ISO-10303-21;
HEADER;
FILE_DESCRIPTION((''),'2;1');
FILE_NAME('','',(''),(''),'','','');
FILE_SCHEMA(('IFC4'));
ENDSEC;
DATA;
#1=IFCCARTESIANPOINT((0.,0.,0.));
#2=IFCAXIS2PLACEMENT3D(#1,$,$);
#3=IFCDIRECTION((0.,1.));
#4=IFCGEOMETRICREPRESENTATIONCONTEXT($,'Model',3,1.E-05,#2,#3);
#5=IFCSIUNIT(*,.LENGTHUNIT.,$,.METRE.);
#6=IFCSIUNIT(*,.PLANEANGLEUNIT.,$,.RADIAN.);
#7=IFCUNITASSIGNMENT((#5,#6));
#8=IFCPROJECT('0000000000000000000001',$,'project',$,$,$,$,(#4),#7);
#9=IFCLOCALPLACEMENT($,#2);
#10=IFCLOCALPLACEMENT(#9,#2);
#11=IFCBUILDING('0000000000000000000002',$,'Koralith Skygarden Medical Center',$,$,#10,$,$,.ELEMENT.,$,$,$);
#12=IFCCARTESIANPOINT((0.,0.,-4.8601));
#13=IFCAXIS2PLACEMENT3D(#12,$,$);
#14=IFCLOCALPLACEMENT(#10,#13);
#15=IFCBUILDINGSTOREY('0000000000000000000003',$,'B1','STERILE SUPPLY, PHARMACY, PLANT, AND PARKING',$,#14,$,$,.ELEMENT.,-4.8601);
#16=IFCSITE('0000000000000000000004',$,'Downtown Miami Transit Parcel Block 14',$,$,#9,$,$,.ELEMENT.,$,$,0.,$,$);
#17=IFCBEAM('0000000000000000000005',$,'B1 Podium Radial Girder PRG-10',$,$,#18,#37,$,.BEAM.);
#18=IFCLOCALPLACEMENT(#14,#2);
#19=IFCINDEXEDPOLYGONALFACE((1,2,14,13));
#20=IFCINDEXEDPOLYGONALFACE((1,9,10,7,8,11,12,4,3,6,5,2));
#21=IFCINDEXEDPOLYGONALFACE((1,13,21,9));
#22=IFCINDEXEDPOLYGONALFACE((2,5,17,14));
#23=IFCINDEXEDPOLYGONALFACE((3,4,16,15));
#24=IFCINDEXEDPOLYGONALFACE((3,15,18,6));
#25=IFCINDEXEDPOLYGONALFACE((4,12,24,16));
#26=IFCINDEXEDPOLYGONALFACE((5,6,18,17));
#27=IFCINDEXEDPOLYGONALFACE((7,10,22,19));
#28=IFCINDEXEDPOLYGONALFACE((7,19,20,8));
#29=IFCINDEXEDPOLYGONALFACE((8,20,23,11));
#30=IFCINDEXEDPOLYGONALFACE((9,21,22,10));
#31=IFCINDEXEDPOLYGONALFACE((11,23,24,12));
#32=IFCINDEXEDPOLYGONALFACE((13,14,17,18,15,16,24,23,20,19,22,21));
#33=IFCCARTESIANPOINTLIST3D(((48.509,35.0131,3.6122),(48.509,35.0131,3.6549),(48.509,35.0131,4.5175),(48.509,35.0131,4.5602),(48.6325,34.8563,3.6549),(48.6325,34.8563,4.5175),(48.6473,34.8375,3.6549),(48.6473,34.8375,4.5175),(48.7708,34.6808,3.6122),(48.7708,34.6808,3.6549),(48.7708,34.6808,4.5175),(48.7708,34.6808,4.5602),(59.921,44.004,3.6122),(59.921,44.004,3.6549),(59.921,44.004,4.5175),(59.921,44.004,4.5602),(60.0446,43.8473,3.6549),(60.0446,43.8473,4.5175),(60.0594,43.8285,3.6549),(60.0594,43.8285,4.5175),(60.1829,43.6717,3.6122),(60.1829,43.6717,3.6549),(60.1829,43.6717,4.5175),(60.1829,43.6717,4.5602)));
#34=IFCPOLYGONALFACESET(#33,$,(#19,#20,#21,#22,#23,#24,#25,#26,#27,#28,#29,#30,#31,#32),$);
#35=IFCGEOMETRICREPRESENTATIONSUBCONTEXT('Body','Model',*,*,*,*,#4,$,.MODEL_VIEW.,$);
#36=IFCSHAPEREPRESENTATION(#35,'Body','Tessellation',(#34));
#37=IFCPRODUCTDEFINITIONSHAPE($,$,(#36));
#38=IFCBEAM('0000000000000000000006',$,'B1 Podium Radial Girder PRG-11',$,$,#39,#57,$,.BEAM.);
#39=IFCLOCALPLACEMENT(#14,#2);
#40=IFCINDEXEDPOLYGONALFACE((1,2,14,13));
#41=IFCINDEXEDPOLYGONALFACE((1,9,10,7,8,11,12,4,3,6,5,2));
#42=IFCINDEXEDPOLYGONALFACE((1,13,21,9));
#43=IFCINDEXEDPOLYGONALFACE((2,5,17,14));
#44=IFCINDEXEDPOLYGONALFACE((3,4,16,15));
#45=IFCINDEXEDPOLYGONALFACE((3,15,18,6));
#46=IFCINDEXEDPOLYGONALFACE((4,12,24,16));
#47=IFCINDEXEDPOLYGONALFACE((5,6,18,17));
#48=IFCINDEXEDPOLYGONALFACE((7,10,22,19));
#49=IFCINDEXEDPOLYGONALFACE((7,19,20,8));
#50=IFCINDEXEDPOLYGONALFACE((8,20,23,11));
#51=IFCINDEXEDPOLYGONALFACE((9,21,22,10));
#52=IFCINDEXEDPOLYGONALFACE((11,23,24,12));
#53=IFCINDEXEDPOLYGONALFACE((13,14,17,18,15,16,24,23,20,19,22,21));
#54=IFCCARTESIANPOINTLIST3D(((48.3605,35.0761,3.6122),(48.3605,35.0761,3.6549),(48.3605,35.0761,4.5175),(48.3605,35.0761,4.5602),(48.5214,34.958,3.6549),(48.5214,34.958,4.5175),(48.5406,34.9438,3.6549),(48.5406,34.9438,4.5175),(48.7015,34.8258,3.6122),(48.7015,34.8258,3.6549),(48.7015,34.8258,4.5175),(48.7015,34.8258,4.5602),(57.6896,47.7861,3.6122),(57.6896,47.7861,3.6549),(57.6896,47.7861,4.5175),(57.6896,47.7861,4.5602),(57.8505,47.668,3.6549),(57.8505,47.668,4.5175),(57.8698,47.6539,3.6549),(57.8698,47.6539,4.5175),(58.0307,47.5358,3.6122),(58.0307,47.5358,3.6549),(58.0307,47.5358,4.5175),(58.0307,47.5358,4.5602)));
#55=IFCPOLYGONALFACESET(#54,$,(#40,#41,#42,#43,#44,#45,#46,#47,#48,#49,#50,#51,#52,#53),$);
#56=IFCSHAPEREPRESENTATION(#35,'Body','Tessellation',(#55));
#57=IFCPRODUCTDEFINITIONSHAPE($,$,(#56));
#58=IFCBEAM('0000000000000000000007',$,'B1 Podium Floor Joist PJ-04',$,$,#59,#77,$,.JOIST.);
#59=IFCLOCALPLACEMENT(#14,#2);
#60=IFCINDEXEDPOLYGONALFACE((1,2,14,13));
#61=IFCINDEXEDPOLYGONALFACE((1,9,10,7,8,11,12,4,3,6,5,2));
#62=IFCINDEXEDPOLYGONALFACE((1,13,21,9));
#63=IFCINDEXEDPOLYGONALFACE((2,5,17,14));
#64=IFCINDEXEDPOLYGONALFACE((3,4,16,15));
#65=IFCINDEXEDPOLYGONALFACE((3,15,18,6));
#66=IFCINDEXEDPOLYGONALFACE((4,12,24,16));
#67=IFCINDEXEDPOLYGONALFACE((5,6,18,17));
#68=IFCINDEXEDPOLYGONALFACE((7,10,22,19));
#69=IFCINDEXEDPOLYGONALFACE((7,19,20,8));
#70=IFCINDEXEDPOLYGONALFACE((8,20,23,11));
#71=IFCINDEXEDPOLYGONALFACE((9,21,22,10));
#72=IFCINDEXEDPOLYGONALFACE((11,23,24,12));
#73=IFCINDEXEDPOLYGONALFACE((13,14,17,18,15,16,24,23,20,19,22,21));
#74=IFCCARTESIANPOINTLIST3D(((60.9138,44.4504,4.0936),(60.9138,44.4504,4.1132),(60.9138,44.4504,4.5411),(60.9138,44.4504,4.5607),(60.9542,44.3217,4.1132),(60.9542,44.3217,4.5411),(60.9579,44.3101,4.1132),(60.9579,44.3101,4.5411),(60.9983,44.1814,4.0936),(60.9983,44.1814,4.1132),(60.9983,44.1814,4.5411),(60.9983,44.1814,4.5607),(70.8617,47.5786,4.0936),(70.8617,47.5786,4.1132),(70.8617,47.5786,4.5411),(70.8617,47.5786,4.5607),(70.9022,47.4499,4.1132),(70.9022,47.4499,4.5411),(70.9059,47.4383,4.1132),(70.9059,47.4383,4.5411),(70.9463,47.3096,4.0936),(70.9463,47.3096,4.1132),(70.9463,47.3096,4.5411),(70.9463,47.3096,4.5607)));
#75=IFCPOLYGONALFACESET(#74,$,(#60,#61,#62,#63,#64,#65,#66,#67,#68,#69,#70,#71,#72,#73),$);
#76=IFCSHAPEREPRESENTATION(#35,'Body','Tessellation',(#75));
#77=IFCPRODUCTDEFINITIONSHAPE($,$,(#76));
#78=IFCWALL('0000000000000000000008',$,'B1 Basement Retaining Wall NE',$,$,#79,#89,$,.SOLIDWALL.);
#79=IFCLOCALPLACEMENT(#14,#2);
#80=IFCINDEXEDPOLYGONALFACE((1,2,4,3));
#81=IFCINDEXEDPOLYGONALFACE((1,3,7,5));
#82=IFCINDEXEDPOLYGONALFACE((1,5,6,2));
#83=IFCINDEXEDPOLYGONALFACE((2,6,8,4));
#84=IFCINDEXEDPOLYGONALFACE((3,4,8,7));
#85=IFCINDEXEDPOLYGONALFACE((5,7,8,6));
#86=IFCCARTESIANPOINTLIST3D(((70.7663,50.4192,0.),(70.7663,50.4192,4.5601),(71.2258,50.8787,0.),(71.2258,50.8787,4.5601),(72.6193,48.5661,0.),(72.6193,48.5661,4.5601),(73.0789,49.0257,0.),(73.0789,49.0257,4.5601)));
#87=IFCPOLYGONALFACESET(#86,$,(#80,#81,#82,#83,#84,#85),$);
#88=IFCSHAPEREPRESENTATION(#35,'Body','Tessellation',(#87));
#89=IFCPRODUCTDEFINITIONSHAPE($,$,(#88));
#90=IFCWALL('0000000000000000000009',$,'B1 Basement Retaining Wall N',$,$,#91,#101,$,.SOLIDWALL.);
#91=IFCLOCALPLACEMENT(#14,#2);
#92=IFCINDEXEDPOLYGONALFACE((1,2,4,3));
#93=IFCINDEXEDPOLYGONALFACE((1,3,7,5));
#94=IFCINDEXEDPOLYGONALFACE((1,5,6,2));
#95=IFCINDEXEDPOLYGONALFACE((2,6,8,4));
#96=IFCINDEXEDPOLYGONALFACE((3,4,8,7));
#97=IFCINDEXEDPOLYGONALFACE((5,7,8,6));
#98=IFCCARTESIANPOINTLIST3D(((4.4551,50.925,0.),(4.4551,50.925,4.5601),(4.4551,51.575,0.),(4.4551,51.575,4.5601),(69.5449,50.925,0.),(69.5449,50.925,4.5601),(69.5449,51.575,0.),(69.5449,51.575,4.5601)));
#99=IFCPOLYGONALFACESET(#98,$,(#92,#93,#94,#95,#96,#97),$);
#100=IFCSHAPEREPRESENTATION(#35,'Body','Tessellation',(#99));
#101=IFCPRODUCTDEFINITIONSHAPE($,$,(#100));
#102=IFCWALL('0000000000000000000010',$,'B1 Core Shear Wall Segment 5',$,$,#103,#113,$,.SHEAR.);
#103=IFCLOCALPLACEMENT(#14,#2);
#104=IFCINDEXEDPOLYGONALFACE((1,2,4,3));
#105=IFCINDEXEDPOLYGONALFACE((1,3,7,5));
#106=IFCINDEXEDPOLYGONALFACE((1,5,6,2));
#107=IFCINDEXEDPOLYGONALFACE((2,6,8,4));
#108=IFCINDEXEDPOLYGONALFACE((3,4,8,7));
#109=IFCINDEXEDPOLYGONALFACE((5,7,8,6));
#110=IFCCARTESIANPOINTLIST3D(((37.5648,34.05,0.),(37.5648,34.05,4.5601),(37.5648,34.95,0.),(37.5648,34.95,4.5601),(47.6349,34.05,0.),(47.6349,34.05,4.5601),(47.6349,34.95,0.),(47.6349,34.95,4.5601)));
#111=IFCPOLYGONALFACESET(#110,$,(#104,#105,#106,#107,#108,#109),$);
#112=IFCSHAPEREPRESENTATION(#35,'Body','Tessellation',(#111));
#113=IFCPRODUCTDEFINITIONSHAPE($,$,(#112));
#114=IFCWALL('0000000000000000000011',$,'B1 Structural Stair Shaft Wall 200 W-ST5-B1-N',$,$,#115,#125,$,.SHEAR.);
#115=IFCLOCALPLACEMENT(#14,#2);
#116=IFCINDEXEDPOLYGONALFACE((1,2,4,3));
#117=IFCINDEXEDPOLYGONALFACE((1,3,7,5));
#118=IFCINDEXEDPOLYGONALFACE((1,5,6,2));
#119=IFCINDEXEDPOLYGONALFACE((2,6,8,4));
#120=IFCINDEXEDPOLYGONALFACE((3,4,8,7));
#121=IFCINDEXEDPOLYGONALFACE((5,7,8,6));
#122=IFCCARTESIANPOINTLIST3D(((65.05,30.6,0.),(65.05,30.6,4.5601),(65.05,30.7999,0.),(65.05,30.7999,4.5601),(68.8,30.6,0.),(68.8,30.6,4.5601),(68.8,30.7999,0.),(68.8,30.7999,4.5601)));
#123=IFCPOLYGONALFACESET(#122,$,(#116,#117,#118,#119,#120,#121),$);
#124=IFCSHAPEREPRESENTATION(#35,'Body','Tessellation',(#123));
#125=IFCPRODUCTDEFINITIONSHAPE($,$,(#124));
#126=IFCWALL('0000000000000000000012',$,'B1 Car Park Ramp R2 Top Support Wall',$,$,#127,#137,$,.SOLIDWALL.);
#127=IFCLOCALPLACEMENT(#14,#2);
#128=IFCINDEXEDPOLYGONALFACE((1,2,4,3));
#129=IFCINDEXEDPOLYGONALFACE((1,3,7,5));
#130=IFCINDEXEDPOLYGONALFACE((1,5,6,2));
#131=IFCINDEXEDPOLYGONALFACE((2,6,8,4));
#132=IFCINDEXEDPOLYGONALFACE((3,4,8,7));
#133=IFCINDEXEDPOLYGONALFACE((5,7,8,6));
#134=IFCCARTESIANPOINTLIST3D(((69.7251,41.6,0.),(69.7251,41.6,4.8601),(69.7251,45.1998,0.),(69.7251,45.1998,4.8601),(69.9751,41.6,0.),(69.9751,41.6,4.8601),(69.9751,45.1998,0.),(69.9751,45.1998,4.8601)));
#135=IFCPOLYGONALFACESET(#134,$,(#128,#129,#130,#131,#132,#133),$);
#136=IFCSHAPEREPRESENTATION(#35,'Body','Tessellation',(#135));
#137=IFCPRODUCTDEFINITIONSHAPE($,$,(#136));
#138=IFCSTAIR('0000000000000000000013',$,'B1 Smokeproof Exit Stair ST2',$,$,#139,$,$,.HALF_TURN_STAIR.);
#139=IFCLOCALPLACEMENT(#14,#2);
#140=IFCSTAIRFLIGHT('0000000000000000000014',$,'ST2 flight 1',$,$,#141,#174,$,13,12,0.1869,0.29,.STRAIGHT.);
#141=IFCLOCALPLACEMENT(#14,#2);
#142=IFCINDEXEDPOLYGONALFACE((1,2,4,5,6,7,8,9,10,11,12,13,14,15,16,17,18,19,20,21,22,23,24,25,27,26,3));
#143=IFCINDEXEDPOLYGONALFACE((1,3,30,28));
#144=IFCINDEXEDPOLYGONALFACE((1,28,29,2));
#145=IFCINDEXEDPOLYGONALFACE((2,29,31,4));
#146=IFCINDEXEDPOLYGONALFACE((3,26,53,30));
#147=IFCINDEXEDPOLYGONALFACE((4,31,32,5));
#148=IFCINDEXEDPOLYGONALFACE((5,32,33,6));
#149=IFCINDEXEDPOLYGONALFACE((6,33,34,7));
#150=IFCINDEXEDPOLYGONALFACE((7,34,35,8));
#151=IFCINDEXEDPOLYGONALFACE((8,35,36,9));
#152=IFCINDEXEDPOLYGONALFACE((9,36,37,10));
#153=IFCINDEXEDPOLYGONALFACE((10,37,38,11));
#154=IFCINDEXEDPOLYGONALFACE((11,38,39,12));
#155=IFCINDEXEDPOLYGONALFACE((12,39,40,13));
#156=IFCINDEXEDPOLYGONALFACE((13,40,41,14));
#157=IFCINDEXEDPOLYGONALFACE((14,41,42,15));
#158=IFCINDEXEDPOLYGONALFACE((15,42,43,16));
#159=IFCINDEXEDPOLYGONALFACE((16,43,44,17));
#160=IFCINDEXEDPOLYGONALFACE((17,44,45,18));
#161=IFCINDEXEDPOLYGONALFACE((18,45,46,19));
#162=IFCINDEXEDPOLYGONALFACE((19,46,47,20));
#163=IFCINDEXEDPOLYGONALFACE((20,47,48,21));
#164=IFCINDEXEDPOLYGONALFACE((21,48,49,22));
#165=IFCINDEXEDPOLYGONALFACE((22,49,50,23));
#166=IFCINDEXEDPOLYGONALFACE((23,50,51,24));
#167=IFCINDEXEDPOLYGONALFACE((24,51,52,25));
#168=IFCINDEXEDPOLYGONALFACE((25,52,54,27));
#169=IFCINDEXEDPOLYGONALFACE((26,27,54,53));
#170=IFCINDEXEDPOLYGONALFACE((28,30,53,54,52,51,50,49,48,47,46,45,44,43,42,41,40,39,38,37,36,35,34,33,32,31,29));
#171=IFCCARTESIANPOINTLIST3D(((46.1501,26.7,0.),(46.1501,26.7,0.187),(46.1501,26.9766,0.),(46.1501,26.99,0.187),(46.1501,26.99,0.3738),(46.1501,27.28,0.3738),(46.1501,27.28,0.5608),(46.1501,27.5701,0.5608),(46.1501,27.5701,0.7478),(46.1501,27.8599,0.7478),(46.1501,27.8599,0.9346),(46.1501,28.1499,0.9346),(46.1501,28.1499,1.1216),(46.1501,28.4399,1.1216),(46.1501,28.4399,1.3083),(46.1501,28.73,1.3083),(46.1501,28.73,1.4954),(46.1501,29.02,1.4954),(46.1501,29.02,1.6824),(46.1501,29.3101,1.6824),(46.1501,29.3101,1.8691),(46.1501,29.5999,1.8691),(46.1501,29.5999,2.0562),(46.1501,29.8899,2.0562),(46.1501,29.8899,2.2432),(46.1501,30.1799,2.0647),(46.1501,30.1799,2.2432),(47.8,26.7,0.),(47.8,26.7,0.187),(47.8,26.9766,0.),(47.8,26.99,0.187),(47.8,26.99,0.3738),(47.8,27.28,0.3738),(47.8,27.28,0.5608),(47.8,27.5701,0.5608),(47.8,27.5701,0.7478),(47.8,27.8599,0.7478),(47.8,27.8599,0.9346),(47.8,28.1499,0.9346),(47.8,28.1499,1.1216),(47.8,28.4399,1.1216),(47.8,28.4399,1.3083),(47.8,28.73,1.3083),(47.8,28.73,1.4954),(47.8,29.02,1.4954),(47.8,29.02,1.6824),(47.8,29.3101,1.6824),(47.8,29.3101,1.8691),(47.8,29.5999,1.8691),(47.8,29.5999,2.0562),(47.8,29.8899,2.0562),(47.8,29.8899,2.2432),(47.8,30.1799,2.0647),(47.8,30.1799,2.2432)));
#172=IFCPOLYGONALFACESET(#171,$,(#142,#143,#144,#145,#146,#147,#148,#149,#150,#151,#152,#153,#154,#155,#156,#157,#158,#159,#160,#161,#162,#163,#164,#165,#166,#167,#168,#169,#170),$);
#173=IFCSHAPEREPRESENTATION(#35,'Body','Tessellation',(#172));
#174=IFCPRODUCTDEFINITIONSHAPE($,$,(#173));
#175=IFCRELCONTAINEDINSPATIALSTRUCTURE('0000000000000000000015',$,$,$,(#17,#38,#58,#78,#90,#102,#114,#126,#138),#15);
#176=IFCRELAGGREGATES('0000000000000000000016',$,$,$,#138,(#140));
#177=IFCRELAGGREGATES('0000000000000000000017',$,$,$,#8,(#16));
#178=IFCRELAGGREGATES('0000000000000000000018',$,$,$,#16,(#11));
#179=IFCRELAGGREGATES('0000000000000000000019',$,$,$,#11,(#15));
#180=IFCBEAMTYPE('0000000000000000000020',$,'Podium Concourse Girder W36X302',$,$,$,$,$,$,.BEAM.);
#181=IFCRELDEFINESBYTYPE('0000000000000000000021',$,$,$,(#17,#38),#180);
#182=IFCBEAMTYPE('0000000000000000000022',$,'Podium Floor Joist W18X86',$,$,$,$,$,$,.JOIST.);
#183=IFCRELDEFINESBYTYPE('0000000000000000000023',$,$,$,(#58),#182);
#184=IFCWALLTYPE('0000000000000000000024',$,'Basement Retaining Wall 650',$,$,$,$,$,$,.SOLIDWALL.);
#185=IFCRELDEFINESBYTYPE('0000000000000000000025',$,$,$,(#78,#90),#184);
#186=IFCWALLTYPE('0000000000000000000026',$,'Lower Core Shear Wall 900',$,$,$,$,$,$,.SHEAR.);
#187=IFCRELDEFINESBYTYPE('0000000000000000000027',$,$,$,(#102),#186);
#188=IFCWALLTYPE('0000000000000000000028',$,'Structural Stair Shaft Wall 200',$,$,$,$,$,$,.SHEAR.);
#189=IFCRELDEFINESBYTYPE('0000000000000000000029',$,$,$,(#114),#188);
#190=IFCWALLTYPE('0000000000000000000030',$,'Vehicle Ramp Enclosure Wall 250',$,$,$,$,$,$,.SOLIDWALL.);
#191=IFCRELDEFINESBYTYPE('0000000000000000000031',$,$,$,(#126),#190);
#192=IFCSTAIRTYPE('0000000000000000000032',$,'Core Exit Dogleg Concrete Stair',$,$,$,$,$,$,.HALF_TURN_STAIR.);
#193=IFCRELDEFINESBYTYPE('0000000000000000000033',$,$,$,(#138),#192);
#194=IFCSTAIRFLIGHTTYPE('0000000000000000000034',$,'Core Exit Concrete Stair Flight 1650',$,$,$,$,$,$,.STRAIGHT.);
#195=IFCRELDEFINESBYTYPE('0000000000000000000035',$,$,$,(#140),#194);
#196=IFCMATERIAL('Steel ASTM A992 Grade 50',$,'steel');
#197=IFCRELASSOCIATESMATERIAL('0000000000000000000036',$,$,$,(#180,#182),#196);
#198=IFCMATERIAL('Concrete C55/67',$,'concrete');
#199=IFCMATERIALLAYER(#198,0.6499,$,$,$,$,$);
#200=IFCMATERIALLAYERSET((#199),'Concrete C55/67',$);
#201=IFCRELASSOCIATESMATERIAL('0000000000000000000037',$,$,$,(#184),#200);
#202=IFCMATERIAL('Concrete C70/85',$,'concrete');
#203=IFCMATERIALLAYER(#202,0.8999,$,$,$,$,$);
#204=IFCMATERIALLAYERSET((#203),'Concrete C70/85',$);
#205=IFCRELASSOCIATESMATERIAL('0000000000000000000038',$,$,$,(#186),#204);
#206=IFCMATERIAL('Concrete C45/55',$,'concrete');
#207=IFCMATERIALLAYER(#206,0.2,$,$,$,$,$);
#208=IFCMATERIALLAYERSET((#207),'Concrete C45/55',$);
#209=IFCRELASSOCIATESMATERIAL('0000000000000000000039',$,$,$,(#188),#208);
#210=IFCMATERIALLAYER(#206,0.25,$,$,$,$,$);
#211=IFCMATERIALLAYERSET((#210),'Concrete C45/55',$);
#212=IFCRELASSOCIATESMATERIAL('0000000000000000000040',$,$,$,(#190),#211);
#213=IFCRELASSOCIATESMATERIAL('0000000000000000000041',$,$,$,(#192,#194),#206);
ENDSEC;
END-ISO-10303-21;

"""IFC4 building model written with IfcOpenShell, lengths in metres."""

from ifc_helpers import new_model, si_unit, direction, frame, frame_2d, origin, origin_2d, place, context, subcontext, project, spatial, polyline, rectangle, i_section, outline, extrude, material, layer, layer_set, material_profile, profile_set, type_object, element, aggregate, save


model = new_model("IFC4")

# Units and contexts
model_context = context("Model", 3, precision=1e-05, world=origin(), true_north=direction((0.0, 1.0)))
body_context = subcontext(model_context, "Body", "Model", "MODEL_VIEW")
ifc_project = project(units=[si_unit("LENGTHUNIT", "METRE"), si_unit("PLANEANGLEUNIT", "RADIAN")], contexts=[model_context])

# Site, building, storey
site_placement = place(None, origin())
site = spatial("IfcSite", under=ifc_project, at=site_placement, Name="Downtown Miami Transit Parcel Block 14", CompositionType="ELEMENT", RefElevation=0.0)
building_placement = place(site_placement, origin())
building = spatial("IfcBuilding", under=site, at=building_placement, Name="Koralith Skygarden Medical Center", CompositionType="ELEMENT")
storey_placement = place(building_placement, frame((0.0, 0.0, -4.8601)))
storey = spatial("IfcBuildingStorey", under=building, at=storey_placement, Name="B1", Description="STERILE SUPPLY, PHARMACY, PLANT, AND PARKING", CompositionType="ELEMENT", Elevation=-4.8601)

# Shared definitions
ifc_material_1 = material(Name="Concrete C55/67", Category="concrete")
ifc_material_2 = material(Name="Concrete C70/85", Category="concrete")

# Beams
ifc_material_3 = material(Name="Steel ASTM A992 Grade 50", Category="steel")
ifc_material_profile_1 = material_profile(ifc_material_3, i_section(OverallWidth=0.4231, OverallDepth=0.948, WebThickness=0.0239, FlangeThickness=0.0427, at=origin_2d()), Name="W36X302")
ifc_profile_set_1 = profile_set([ifc_material_profile_1], Name="Steel ASTM A992 Grade 50")
beam_type_1 = type_object("IfcBeamType", Name="Podium Concourse Girder W36X302", PredefinedType="BEAM", material=ifc_profile_set_1)
beam_1_placement = place(storey_placement, frame((48.6399, 34.8469, 4.0862), z_axis=(0.785505, 0.618856, 0.0), x_axis=(-0.618856, 0.785505, 0.0)))
element("IfcBeam", 1, at=beam_1_placement, inside=storey, type_object=beam_type_1, Name="B1 Podium Radial Girder PRG-10", PredefinedType="BEAM", context=body_context, shape_type="SweptSolid", body=[
    extrude(i_section(OverallWidth=0.4231, OverallDepth=0.948, WebThickness=0.0239, FlangeThickness=0.0427, at=origin_2d()), origin(), (0.0, 0.0, 1.0), 14.5283),
])
beam_2_placement = place(storey_placement, frame((48.531, 34.9509, 4.0862), z_axis=(0.591713, 0.806149, 0.0), x_axis=(-0.806149, 0.591713, 0.0)))
element("IfcBeam", 2, at=beam_2_placement, inside=storey, type_object=beam_type_1, Name="B1 Podium Radial Girder PRG-11", PredefinedType="BEAM", context=body_context, shape_type="SweptSolid", body=[
    extrude(i_section(OverallWidth=0.4231, OverallDepth=0.948, WebThickness=0.0239, FlangeThickness=0.0427, at=origin_2d()), origin(), (0.0, 0.0, 1.0), 15.7664),
])
ifc_material_profile_2 = material_profile(ifc_material_3, i_section(OverallWidth=0.282, OverallDepth=0.467, WebThickness=0.0122, FlangeThickness=0.0195, at=origin_2d()), Name="W18X86")
ifc_profile_set_2 = profile_set([ifc_material_profile_2], Name="Steel ASTM A992 Grade 50")
beam_type_2 = type_object("IfcBeamType", Name="Podium Floor Joist W18X86", PredefinedType="JOIST", material=ifc_profile_set_2)
beam_3_placement = place(storey_placement, frame((60.9561, 44.3159, 4.3271), z_axis=(0.953948, 0.299971, 0.0), x_axis=(-0.299971, 0.953948, 0.0)))
element("IfcBeam", 3, at=beam_3_placement, inside=storey, type_object=beam_type_2, Name="B1 Podium Floor Joist PJ-04", PredefinedType="JOIST", context=body_context, shape_type="SweptSolid", body=[
    extrude(i_section(OverallWidth=0.282, OverallDepth=0.467, WebThickness=0.0122, FlangeThickness=0.0195, at=origin_2d()), origin(), (0.0, 0.0, 1.0), 10.4282),
])

# Walls
ifc_layer_1 = layer(ifc_material_1, 0.6499)
ifc_layer_set_1 = layer_set([ifc_layer_1], Name="Concrete C55/67")
wall_type_1 = type_object("IfcWallType", Name="Basement Retaining Wall 650", PredefinedType="SOLIDWALL", material=ifc_layer_set_1)
wall_1_placement = place(storey_placement, frame((72.8491, 48.7959, 0.0), z_axis=(0.0, 0.0, 1.0), x_axis=(-0.707107, 0.707107, 0.0)))
element("IfcWall", 4, at=wall_1_placement, inside=storey, type_object=wall_type_1, Name="B1 Basement Retaining Wall NE", PredefinedType="SOLIDWALL", context=body_context, shape_type="SweptSolid", body=[
    extrude(rectangle(XDim=2.6206, YDim=0.6499, at=frame_2d((1.3103, 0.0))), origin(), (0.0, 0.0, 1.0), 4.5601),
])
wall_2_placement = place(storey_placement, frame((69.5449, 51.25, 0.0), z_axis=(0.0, 0.0, 1.0), x_axis=(-1.0, 0.0, 0.0)))
element("IfcWall", 5, at=wall_2_placement, inside=storey, type_object=wall_type_1, Name="B1 Basement Retaining Wall N", PredefinedType="SOLIDWALL", context=body_context, shape_type="SweptSolid", body=[
    extrude(rectangle(XDim=65.0898, YDim=0.6499, at=frame_2d((32.5449, 0.0))), origin(), (0.0, 0.0, 1.0), 4.5601),
])
ifc_layer_2 = layer(ifc_material_2, 0.8999)
ifc_layer_set_2 = layer_set([ifc_layer_2], Name="Concrete C70/85")
wall_type_2 = type_object("IfcWallType", Name="Lower Core Shear Wall 900", PredefinedType="SHEAR", material=ifc_layer_set_2)
wall_3_placement = place(storey_placement, frame((47.635, 34.5, 0.0), z_axis=(0.0, 0.0, 1.0), x_axis=(-1.0, 0.0, 0.0)))
element("IfcWall", 6, at=wall_3_placement, inside=storey, type_object=wall_type_2, Name="B1 Core Shear Wall Segment 5", PredefinedType="SHEAR", context=body_context, shape_type="SweptSolid", body=[
    extrude(rectangle(XDim=10.0701, YDim=0.8999, at=frame_2d((5.0352, 0.0))), origin(), (0.0, 0.0, 1.0), 4.5601),
])
ifc_material_4 = material(Name="Concrete C45/55", Category="concrete")
ifc_layer_3 = layer(ifc_material_4, 0.2)
ifc_layer_set_3 = layer_set([ifc_layer_3], Name="Concrete C45/55")
wall_type_3 = type_object("IfcWallType", Name="Structural Stair Shaft Wall 200", PredefinedType="SHEAR", material=ifc_layer_set_3)
wall_4_placement = place(storey_placement, frame((65.05, 30.7, 0.0), z_axis=(0.0, 0.0, 1.0), x_axis=(1.0, 0.0, 0.0)))
element("IfcWall", 7, at=wall_4_placement, inside=storey, type_object=wall_type_3, Name="B1 Structural Stair Shaft Wall 200 W-ST5-B1-N", PredefinedType="SHEAR", context=body_context, shape_type="SweptSolid", body=[
    extrude(rectangle(XDim=3.75, YDim=0.2, at=frame_2d((1.875, 0.0))), origin(), (0.0, 0.0, 1.0), 4.5601),
])
ifc_layer_4 = layer(ifc_material_4, 0.25)
ifc_layer_set_4 = layer_set([ifc_layer_4], Name="Concrete C45/55")
wall_type_4 = type_object("IfcWallType", Name="Vehicle Ramp Enclosure Wall 250", PredefinedType="SOLIDWALL", material=ifc_layer_set_4)
wall_5_placement = place(storey_placement, frame((69.8501, 41.6001, 0.0), z_axis=(0.0, 0.0, 1.0), x_axis=(0.0, 1.0, 0.0)))
element("IfcWall", 8, at=wall_5_placement, inside=storey, type_object=wall_type_4, Name="B1 Car Park Ramp R2 Top Support Wall", PredefinedType="SOLIDWALL", context=body_context, shape_type="SweptSolid", body=[
    extrude(rectangle(XDim=3.5999, YDim=0.25, at=frame_2d((1.7998, 0.0))), origin(), (0.0, 0.0, 1.0), 4.8601),
])

# Stair, stair flight
stair_type = type_object("IfcStairType", Name="Core Exit Dogleg Concrete Stair", PredefinedType="HALF_TURN_STAIR", material=ifc_material_4)
stair_1_placement = place(storey_placement, origin())
stair_1 = element("IfcStair", 9, at=stair_1_placement, inside=storey, type_object=stair_type, Name="B1 Smokeproof Exit Stair ST2", PredefinedType="HALF_TURN_STAIR")
stair_flight_type = type_object("IfcStairFlightType", Name="Core Exit Concrete Stair Flight 1650", PredefinedType="STRAIGHT", material=ifc_material_4)
stair_flight_1_placement = place(storey_placement, frame((46.9751, 26.7, 0.0), z_axis=(0.0, 0.0, 1.0), x_axis=(0.0, 1.0, 0.0)))
stair_flight_1 = element("IfcStairFlight", 10, at=stair_flight_1_placement, type_object=stair_flight_type, Name="ST2 flight 1", NumberOfRisers=13, NumberOfTreads=12, PredefinedType="STRAIGHT", RiserHeight=0.1869, TreadLength=0.29, context=body_context, shape_type="SweptSolid", body=[
    extrude(outline(polyline([(0.0, 0.0), (0.0, 0.187), (0.29, 0.187), (0.29, 0.3738), (0.5801, 0.3738), (0.5801, 0.5608), (0.8701, 0.5608), (0.8701, 0.7478), (1.1599, 0.7478), (1.1599, 0.9346), (1.45, 0.9346), (1.45, 1.1216), (1.74, 1.1216), (1.74, 1.3083), (2.03, 1.3083), (2.03, 1.4954), (2.3201, 1.4954), (2.3201, 1.6824), (2.6101, 1.6824), (2.6101, 1.8691), (2.8999, 1.8691), (2.8999, 2.0562), (3.1899, 2.0562), (3.1899, 2.2432), (3.48, 2.2432), (3.48, 2.4299), (3.48, 2.0647), (0.2766, 0.0), (0.0, 0.0)])), frame((0.0, 0.825, 0.0), z_axis=(0.0, -1.0, 0.0), x_axis=(1.0, 0.0, 0.0)), (0.0, 0.0, 1.0), 1.6499),
])
aggregate(stair_1, [stair_flight_1])

save(model, "model.ifc")
